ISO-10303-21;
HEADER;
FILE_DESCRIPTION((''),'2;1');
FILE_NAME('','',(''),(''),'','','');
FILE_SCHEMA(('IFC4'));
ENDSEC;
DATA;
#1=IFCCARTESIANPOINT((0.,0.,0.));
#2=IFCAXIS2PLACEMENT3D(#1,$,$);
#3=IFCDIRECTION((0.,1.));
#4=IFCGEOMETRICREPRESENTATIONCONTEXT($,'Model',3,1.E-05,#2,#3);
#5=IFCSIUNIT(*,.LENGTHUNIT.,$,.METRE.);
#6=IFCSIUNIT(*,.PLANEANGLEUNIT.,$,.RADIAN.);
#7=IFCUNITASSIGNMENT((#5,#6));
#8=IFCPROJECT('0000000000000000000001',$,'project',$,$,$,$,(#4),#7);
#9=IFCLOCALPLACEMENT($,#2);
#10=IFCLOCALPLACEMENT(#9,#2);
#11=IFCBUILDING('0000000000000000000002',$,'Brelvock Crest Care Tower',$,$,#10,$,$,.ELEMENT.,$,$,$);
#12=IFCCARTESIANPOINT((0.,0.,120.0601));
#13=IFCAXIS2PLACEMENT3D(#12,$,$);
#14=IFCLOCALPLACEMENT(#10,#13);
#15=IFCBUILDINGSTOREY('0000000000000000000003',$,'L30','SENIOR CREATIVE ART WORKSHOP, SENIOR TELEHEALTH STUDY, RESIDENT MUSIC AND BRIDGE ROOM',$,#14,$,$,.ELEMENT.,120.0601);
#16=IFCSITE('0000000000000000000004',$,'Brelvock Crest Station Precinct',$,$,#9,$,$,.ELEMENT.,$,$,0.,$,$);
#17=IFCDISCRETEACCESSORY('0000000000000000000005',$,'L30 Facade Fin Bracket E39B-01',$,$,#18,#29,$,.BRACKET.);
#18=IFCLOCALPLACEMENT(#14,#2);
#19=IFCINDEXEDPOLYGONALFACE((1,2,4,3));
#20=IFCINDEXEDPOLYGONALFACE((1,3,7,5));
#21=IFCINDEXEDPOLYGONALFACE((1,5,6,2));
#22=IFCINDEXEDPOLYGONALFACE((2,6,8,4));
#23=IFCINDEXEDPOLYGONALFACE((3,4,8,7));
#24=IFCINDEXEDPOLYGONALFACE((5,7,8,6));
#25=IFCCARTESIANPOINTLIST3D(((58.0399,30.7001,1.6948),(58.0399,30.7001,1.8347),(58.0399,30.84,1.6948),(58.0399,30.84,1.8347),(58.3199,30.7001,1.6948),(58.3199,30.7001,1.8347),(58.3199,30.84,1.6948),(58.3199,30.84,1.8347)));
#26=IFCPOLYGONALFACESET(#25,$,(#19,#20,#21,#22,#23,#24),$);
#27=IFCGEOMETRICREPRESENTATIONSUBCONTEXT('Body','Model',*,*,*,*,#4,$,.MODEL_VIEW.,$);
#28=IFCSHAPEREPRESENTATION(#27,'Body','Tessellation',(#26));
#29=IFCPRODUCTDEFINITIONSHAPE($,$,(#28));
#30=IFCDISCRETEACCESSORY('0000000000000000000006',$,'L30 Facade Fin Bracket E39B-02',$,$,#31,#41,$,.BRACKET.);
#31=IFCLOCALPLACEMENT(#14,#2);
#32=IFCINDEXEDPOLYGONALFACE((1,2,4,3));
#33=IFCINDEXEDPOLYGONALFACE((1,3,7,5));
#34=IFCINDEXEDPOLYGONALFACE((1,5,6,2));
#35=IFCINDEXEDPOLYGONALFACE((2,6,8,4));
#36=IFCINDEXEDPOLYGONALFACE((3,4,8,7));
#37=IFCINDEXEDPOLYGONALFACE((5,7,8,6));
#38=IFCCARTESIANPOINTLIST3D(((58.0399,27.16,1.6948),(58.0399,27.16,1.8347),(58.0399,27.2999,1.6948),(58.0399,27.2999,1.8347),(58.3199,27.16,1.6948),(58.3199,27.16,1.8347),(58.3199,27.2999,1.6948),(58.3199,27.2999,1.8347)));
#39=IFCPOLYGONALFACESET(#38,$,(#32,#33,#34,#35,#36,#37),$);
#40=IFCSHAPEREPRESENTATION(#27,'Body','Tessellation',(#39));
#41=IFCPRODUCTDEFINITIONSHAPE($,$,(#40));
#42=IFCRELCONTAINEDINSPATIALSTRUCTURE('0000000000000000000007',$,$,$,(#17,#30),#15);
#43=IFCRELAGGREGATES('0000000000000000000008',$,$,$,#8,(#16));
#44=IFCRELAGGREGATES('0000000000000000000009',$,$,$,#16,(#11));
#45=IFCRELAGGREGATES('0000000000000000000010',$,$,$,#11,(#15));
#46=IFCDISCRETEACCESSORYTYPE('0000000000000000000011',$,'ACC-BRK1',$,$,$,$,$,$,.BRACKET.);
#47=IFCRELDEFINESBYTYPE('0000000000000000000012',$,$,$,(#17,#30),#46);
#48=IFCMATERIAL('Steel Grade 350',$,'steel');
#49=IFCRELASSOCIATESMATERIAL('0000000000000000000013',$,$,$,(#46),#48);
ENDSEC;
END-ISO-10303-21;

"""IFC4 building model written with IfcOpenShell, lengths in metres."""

from ifc_helpers import new_model, si_unit, direction, frame, origin, origin_2d, place, context, subcontext, project, spatial, rectangle, extrude, source, transform, mapped, material, type_object, element, save


model = new_model("IFC4")

# Units and contexts
model_context = context("Model", 3, precision=1e-05, world=origin(), true_north=direction((0.0, 1.0)))
body_context = subcontext(model_context, "Body", "Model", "MODEL_VIEW")
ifc_project = project(units=[si_unit("LENGTHUNIT", "METRE"), si_unit("PLANEANGLEUNIT", "RADIAN")], contexts=[model_context])

# Site, building, storey
site_placement = place(None, origin())
site = spatial("IfcSite", under=ifc_project, at=site_placement, Name="Brelvock Crest Station Precinct", CompositionType="ELEMENT", RefElevation=0.0)
building_placement = place(site_placement, origin())
building = spatial("IfcBuilding", under=site, at=building_placement, Name="Brelvock Crest Care Tower", CompositionType="ELEMENT")
storey_placement = place(building_placement, frame((0.0, 0.0, 120.0601)))
storey = spatial("IfcBuildingStorey", under=building, at=storey_placement, Name="L30", Description="SENIOR CREATIVE ART WORKSHOP, SENIOR TELEHEALTH STUDY, RESIDENT MUSIC AND BRIDGE ROOM", CompositionType="ELEMENT", Elevation=120.0601)

# Shared definitions
ifc_material_1 = material(Name="Steel Grade 350", Category="steel")

# Discrete accessories
discrete_accessory_type = type_object("IfcDiscreteAccessoryType", Name="ACC-BRK1", PredefinedType="BRACKET", material=ifc_material_1)
shared_shape_1 = source(origin(), body_context, "Body", "SweptSolid", [
    extrude(rectangle(XDim=0.28, YDim=0.1399, at=origin_2d()), origin(), (0.0, 0.0, 1.0), 0.1399),
])
for number, where, z_axis, x_axis, name in (
    (1, (58.1799, 30.77, 1.6948), (0.0, 0.0, 1.0), (1.0, 0.0, 0.0), "L30 Facade Fin Bracket E39B-01"),
    (2, (58.1799, 27.23, 1.6948), (0.0, 0.0, 1.0), (1.0, 0.0, 0.0), "L30 Facade Fin Bracket E39B-02"),
):
    element("IfcDiscreteAccessory", number, at=place(storey_placement, frame(where, z_axis=z_axis, x_axis=x_axis)), inside=storey, type_object=discrete_accessory_type, Name=name, PredefinedType="BRACKET", context=body_context, shape_type="MappedRepresentation", body=[
        mapped(shared_shape_1, transform((0.0, 0.0, 0.0), x_axis=(1.0, 0.0, 0.0), y_axis=(0.0, 1.0, 0.0), z_axis=(0.0, 0.0, 1.0), scale=1.0)),
    ])

save(model, "model.ifc")
